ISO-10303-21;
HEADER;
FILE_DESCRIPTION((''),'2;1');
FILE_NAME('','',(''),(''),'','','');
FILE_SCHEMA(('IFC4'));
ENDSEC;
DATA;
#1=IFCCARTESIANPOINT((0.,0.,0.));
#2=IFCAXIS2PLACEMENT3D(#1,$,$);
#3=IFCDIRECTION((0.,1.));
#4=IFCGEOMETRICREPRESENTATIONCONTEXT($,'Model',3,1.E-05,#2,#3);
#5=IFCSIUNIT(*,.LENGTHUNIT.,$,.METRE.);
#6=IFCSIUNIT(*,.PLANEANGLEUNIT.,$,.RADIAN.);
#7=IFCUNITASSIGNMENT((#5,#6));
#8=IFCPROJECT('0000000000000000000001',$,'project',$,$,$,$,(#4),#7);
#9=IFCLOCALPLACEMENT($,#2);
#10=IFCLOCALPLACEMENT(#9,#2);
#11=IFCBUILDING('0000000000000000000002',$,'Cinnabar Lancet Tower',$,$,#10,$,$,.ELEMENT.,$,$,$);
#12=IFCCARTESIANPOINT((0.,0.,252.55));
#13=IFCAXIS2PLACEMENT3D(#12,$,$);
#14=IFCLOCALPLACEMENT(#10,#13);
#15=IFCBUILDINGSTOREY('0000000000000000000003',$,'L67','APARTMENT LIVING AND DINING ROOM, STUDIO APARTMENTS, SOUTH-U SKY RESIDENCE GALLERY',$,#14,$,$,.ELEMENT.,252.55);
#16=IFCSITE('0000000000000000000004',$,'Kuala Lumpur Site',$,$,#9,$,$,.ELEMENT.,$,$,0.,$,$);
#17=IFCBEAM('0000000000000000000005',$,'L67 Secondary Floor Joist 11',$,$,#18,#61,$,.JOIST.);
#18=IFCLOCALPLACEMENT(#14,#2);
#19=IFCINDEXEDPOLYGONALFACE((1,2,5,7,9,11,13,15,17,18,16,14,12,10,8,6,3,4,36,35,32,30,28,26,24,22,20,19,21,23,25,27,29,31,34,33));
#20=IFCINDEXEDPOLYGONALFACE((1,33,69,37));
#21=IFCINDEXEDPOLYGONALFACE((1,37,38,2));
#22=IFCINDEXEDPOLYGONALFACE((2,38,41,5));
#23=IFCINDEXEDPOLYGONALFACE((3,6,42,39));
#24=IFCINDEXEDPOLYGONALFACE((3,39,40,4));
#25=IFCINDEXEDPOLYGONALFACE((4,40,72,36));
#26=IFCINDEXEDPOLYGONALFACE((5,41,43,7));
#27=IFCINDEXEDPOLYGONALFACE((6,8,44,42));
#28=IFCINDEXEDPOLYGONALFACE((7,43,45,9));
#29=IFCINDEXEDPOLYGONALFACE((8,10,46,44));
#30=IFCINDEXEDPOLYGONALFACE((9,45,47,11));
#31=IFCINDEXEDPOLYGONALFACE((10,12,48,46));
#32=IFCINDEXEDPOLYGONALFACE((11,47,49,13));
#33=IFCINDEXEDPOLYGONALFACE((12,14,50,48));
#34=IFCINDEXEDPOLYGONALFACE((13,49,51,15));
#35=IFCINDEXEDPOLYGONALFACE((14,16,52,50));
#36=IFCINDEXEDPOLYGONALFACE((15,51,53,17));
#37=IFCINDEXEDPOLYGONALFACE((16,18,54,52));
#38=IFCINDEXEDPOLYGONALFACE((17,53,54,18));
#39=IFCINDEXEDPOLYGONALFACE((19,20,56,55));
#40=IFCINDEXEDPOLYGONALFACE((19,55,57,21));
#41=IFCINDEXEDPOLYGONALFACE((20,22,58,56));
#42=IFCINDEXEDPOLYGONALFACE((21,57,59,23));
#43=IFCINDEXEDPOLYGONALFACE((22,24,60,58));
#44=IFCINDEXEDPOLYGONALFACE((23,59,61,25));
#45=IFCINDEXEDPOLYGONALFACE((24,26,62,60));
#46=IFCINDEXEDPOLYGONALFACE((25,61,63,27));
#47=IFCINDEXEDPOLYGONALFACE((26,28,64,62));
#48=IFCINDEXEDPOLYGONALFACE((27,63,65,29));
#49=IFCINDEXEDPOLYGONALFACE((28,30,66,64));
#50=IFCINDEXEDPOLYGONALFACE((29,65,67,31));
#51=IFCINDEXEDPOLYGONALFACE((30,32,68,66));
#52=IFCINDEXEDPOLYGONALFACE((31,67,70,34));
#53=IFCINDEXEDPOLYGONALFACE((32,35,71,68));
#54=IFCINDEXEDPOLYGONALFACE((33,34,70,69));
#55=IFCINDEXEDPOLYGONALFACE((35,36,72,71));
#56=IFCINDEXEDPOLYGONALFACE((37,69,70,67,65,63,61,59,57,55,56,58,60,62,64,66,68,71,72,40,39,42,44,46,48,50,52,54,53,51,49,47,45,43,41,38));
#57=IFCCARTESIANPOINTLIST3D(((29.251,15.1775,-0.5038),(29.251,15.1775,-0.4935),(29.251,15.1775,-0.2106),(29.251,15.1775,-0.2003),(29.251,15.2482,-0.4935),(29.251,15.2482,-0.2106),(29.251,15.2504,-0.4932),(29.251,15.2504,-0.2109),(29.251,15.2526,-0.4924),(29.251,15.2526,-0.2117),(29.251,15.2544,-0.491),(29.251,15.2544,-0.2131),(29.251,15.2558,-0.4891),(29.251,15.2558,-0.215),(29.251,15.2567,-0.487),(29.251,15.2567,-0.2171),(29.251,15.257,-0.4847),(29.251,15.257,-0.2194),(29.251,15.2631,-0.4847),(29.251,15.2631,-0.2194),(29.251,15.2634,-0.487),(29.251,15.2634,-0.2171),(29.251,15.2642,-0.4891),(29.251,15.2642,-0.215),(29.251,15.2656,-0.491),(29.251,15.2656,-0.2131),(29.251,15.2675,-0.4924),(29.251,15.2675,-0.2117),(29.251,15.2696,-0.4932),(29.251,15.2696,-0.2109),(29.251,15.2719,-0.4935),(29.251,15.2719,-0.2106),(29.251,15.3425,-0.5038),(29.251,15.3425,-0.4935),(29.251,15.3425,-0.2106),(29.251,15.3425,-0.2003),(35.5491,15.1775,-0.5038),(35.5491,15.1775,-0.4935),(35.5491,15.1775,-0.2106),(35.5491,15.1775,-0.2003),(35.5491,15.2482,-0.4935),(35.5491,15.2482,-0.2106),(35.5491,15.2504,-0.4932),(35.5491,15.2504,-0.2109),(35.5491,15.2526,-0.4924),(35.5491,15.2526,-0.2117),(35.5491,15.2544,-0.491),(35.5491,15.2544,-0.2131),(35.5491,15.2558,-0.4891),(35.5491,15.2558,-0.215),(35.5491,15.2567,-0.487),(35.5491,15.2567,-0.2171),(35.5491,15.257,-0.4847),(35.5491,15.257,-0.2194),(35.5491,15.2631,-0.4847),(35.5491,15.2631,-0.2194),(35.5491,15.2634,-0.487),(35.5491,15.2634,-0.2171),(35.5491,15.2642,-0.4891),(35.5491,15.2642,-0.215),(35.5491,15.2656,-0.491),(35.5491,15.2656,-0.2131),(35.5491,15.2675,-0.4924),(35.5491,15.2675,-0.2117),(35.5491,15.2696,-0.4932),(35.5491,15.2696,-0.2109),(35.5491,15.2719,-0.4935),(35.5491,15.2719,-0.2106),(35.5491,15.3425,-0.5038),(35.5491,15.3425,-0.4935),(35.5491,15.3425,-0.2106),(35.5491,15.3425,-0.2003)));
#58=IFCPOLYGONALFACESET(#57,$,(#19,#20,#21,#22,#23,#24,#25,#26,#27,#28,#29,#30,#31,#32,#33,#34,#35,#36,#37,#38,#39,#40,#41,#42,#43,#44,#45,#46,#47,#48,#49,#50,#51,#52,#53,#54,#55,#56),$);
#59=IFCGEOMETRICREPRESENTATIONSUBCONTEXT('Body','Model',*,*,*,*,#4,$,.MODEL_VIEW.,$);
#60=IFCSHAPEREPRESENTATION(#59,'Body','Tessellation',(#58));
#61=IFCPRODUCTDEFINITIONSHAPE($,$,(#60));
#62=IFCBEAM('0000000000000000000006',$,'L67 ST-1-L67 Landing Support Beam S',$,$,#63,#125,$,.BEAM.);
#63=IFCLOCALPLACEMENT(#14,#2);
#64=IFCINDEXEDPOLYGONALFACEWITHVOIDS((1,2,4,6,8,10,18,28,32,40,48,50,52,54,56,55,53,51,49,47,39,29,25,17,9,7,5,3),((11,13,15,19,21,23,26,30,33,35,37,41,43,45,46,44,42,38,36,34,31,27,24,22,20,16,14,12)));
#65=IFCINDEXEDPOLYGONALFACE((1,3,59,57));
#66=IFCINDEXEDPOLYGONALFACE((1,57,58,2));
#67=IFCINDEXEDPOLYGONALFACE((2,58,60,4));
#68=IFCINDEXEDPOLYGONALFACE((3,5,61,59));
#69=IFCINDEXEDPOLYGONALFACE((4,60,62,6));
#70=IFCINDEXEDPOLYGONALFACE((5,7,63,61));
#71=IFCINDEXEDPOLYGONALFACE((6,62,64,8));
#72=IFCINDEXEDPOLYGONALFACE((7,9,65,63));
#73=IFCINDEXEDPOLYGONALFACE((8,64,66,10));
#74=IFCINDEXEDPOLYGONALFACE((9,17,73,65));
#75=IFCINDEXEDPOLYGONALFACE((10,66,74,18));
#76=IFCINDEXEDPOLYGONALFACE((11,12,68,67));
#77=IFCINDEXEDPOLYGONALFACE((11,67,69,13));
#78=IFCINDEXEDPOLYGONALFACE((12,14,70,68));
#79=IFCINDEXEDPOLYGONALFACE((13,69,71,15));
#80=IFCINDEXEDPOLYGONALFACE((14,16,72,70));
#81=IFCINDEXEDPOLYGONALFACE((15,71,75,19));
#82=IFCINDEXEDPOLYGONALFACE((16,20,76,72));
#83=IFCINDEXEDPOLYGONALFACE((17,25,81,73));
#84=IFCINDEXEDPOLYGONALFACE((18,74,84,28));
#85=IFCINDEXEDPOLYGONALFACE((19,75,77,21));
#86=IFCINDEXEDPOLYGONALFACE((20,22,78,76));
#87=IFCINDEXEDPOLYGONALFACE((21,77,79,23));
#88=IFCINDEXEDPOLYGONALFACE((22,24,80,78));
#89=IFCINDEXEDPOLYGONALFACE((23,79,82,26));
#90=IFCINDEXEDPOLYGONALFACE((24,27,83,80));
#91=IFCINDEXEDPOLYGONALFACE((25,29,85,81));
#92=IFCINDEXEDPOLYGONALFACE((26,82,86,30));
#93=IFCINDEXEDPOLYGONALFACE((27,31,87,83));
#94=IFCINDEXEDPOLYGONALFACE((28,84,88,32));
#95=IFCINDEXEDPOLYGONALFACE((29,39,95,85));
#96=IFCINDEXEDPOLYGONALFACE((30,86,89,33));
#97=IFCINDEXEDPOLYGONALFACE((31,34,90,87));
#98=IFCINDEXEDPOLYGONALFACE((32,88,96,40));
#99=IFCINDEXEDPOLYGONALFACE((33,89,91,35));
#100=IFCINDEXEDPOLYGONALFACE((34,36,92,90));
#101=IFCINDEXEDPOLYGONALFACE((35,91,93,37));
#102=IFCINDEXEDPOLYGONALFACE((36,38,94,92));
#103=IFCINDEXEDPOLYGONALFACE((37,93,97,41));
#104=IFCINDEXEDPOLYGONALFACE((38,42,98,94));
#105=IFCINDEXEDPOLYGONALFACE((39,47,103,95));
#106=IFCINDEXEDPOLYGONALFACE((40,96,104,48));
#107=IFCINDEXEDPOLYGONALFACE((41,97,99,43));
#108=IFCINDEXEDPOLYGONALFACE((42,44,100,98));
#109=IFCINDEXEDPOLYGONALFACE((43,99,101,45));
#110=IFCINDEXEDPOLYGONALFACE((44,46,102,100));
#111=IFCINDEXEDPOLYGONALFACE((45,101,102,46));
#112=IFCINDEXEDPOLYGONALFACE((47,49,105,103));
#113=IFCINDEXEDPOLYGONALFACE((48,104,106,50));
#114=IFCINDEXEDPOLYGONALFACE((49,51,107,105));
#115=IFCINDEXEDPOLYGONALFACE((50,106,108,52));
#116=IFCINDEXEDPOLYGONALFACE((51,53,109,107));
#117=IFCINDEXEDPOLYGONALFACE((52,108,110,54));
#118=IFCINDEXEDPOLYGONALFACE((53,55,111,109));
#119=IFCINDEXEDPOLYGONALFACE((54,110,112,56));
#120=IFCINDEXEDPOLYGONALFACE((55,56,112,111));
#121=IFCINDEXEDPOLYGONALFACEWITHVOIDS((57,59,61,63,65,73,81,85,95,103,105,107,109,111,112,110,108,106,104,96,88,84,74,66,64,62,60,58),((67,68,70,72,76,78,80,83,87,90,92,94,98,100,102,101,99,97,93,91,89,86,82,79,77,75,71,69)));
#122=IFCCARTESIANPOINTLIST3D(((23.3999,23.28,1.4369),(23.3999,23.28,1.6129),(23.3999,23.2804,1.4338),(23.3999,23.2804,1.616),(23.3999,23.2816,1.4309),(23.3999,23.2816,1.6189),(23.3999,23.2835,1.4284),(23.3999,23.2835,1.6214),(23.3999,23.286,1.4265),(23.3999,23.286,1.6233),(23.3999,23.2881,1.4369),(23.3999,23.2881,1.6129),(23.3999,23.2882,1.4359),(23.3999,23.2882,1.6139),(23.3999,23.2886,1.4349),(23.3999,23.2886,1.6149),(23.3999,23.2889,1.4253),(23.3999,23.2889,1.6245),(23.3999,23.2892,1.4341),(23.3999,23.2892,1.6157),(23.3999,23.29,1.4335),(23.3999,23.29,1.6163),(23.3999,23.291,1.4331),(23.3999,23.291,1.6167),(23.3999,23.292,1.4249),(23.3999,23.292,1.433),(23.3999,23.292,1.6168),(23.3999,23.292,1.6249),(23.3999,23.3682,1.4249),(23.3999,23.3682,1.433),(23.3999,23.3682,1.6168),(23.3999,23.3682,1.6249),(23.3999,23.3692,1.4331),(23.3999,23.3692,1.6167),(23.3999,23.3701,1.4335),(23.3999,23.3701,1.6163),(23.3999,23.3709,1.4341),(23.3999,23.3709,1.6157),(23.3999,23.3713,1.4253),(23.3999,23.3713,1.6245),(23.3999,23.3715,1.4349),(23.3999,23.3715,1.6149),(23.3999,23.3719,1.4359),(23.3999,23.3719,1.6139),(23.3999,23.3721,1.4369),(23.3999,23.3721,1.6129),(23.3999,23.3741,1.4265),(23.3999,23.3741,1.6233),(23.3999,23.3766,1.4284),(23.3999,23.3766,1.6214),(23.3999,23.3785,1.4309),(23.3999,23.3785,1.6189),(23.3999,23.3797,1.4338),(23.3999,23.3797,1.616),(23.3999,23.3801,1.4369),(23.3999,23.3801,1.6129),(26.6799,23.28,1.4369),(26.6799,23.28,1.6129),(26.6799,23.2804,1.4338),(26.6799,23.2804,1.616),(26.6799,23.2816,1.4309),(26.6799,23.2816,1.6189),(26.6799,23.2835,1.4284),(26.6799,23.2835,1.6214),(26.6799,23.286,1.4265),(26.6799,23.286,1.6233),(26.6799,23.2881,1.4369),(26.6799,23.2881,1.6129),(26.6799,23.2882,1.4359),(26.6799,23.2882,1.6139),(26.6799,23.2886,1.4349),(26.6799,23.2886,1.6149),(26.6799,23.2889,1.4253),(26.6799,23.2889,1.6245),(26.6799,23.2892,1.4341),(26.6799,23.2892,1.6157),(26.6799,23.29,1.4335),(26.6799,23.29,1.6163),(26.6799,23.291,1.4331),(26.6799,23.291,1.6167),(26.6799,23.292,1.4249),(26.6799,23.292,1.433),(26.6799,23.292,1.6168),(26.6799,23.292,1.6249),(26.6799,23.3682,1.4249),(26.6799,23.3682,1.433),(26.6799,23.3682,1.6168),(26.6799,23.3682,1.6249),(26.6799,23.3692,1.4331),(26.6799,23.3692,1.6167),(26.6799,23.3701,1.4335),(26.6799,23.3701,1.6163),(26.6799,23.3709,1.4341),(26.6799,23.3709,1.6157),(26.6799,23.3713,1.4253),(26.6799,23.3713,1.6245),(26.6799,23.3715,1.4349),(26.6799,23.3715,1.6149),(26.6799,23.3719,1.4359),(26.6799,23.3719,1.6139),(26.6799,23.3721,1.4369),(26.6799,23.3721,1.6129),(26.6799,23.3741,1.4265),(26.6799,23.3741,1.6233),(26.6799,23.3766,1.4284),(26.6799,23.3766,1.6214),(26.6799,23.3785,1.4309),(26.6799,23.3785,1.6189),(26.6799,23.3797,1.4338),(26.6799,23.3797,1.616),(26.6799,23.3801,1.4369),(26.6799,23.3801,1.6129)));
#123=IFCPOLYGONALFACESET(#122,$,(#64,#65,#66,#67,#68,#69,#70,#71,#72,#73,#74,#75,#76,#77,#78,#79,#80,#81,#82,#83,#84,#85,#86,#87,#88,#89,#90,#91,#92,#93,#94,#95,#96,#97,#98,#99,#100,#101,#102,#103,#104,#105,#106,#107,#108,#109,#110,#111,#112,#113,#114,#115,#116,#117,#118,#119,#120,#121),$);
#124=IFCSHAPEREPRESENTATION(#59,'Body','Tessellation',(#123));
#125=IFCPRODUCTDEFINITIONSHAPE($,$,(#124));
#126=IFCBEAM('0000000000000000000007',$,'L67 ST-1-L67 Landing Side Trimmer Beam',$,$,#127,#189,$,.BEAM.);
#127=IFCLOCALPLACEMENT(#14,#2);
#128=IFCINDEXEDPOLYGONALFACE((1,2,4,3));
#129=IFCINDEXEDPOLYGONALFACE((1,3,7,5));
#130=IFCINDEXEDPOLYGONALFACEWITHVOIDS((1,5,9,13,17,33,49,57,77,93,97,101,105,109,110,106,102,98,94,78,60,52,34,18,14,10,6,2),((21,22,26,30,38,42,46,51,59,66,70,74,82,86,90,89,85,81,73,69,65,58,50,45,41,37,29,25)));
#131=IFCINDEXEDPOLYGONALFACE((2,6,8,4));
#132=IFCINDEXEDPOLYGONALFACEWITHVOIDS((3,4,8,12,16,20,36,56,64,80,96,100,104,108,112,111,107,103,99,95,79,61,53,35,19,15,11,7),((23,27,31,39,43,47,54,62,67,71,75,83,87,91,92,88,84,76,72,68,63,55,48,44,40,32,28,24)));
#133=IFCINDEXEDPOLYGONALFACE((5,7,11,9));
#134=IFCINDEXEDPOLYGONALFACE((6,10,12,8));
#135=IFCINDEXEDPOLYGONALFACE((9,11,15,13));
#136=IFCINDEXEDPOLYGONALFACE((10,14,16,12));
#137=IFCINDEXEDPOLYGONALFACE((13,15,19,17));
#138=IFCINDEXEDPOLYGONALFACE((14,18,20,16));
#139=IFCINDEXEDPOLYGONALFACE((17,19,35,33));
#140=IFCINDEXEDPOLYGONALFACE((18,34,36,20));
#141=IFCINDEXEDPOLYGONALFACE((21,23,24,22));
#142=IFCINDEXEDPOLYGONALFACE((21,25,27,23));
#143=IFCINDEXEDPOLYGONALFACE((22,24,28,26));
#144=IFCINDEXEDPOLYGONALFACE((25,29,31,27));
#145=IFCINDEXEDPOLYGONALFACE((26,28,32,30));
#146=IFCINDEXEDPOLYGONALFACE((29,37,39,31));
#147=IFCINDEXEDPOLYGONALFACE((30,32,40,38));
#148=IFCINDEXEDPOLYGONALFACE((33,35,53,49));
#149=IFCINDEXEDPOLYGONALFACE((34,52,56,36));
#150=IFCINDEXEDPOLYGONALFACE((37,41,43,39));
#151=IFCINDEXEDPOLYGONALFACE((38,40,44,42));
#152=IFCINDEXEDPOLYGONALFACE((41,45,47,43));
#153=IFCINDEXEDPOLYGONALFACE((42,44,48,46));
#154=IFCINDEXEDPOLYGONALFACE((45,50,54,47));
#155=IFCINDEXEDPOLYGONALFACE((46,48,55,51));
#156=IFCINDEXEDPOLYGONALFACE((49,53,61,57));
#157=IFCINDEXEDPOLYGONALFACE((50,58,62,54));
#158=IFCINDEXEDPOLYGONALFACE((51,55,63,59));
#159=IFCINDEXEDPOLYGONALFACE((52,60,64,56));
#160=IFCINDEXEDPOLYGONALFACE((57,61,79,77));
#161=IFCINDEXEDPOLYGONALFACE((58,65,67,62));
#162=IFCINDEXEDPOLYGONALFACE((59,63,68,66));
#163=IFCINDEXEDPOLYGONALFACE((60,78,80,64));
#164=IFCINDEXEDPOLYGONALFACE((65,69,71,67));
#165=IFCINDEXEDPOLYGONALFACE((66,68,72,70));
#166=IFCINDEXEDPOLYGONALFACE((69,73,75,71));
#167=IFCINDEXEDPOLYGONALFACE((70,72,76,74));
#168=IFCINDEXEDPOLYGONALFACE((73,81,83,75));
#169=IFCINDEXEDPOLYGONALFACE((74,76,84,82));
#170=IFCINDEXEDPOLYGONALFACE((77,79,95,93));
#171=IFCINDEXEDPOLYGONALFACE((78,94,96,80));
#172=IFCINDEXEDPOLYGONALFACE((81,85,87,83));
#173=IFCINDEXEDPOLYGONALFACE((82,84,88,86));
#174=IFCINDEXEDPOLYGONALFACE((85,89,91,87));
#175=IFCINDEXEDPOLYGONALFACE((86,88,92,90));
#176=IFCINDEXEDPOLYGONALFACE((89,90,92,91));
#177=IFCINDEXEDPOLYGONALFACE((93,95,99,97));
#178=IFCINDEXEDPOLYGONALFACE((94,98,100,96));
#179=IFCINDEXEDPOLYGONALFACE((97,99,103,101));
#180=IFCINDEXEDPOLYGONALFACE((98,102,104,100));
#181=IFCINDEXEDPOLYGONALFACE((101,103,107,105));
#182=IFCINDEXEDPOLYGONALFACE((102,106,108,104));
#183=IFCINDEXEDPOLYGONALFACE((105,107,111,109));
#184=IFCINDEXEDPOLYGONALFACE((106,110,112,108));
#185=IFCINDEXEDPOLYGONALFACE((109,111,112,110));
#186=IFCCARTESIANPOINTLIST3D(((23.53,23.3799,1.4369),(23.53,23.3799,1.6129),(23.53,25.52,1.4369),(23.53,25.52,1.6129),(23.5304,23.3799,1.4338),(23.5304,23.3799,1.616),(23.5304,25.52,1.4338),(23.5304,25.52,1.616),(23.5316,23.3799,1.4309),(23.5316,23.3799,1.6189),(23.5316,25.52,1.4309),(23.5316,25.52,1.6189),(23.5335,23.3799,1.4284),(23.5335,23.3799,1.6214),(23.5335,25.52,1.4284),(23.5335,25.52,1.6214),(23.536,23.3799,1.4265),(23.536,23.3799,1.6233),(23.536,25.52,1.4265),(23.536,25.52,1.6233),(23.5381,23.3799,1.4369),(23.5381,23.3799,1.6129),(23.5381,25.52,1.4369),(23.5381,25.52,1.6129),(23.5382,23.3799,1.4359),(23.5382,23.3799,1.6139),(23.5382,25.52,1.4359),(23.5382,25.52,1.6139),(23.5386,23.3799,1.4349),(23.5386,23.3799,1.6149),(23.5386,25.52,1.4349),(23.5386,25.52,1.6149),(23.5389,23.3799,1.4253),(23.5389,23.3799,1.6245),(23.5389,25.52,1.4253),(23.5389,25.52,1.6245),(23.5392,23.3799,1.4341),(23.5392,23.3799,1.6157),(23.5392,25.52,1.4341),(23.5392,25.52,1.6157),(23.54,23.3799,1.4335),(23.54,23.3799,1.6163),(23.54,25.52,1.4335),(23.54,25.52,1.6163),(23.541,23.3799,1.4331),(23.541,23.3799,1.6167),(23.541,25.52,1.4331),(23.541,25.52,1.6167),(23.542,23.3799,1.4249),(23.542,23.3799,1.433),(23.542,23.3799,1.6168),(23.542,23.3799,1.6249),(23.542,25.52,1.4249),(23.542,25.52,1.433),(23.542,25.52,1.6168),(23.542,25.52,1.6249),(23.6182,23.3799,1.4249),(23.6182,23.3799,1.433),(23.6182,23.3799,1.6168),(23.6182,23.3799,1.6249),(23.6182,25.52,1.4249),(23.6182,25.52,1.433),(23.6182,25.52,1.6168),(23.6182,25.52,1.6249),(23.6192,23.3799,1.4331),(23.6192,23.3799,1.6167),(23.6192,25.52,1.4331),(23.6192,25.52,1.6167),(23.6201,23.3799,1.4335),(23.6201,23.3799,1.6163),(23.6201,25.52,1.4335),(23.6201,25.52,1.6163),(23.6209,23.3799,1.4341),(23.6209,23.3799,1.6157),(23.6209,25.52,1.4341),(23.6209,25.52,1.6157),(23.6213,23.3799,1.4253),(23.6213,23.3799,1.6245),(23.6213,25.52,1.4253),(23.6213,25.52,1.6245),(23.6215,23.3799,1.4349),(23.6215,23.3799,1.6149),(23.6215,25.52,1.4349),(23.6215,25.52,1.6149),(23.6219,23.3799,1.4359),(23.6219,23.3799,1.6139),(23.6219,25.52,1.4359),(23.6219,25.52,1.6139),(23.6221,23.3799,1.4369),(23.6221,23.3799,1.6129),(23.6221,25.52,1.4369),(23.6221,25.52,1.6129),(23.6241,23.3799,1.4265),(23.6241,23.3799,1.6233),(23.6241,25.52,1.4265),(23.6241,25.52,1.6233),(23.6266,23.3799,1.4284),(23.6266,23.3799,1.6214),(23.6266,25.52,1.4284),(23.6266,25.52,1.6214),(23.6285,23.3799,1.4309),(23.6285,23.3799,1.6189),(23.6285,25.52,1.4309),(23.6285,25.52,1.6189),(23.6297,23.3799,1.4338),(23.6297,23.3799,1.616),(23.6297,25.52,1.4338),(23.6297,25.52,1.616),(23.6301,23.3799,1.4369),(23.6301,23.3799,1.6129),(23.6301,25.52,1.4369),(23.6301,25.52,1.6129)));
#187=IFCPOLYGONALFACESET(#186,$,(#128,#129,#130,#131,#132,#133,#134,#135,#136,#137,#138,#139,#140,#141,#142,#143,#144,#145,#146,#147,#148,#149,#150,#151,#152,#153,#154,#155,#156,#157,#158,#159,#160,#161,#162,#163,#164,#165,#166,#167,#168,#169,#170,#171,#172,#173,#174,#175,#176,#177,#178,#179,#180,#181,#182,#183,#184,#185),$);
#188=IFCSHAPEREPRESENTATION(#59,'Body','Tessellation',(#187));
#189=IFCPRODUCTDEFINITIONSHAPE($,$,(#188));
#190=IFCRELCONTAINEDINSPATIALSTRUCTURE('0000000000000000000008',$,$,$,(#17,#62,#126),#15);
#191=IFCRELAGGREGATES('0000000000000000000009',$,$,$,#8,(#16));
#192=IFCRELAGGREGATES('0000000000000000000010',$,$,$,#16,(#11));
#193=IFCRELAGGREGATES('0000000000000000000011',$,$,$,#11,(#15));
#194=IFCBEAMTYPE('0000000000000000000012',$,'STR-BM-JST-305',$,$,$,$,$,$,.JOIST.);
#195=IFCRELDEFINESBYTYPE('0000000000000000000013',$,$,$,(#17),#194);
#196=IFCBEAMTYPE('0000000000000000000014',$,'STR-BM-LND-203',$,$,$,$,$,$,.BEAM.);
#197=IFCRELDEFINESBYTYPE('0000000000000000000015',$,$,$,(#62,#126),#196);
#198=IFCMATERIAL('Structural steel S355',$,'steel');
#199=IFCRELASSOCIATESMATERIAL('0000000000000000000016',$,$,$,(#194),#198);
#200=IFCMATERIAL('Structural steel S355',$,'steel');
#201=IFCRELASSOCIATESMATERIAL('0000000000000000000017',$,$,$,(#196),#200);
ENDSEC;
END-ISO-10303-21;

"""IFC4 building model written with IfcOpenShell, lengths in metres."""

from ifc_helpers import new_model, si_unit, direction, frame, origin, origin_2d, place, context, subcontext, project, spatial, hollow_rectangle, i_section, extrude, material, material_profile, profile_set, type_object, element, save


model = new_model("IFC4")

# Units and contexts
model_context = context("Model", 3, precision=1e-05, world=origin(), true_north=direction((0.0, 1.0)))
body_context = subcontext(model_context, "Body", "Model", "MODEL_VIEW")
ifc_project = project(units=[si_unit("LENGTHUNIT", "METRE"), si_unit("PLANEANGLEUNIT", "RADIAN")], contexts=[model_context])

# Site, building, storey
site_placement = place(None, origin())
site = spatial("IfcSite", under=ifc_project, at=site_placement, Name="Kuala Lumpur Site", CompositionType="ELEMENT", RefElevation=0.0)
building_placement = place(site_placement, origin())
building = spatial("IfcBuilding", under=site, at=building_placement, Name="Cinnabar Lancet Tower", CompositionType="ELEMENT")
storey_placement = place(building_placement, frame((0.0, 0.0, 252.55)))
storey = spatial("IfcBuildingStorey", under=building, at=storey_placement, Name="L67", Description="APARTMENT LIVING AND DINING ROOM, STUDIO APARTMENTS, SOUTH-U SKY RESIDENCE GALLERY", CompositionType="ELEMENT", Elevation=252.55)

# Beams
ifc_material_1 = material(Name="Structural steel S355", Category="steel")
ifc_material_profile_1 = material_profile(ifc_material_1, i_section(OverallWidth=0.165, OverallDepth=0.3035, WebThickness=0.0061, FlangeThickness=0.0103, FilletRadius=0.0088, at=origin_2d()), Name="UKB 305x165x40")
ifc_profile_set_1 = profile_set([ifc_material_profile_1], Name="Structural steel S355")
beam_type_1 = type_object("IfcBeamType", Name="STR-BM-JST-305", PredefinedType="JOIST", material=ifc_profile_set_1)
beam_1_placement = place(storey_placement, frame((29.251, 15.26, -0.3521), z_axis=(1.0, 0.0, 0.0), x_axis=(0.0, 1.0, 0.0)))
element("IfcBeam", 1, at=beam_1_placement, inside=storey, type_object=beam_type_1, Name="L67 Secondary Floor Joist 11", PredefinedType="JOIST", context=body_context, shape_type="SweptSolid", body=[
    extrude(i_section(OverallWidth=0.165, OverallDepth=0.3035, WebThickness=0.0061, FlangeThickness=0.0103, FilletRadius=0.0088, at=origin_2d()), origin(), (0.0, 0.0, 1.0), 6.2981),
])
ifc_material_2 = material(Name="Structural steel S355", Category="steel")
ifc_material_profile_2 = material_profile(ifc_material_2, hollow_rectangle(XDim=0.1001, YDim=0.2, WallThickness=0.0081, InnerFilletRadius=0.0039, OuterFilletRadius=0.012, at=origin_2d()), Name="RHS 200x100x8")
ifc_profile_set_2 = profile_set([ifc_material_profile_2], Name="Structural steel S355")
beam_type_2 = type_object("IfcBeamType", Name="STR-BM-LND-203", PredefinedType="BEAM", material=ifc_profile_set_2)
beam_2_placement = place(storey_placement, frame((23.3999, 23.3301, 1.5249), z_axis=(1.0, 0.0, 0.0), x_axis=(0.0, 1.0, 0.0)))
element("IfcBeam", 2, at=beam_2_placement, inside=storey, type_object=beam_type_2, Name="L67 ST-1-L67 Landing Support Beam S", PredefinedType="BEAM", context=body_context, shape_type="SweptSolid", body=[
    extrude(hollow_rectangle(XDim=0.1001, YDim=0.2, WallThickness=0.0081, InnerFilletRadius=0.0039, OuterFilletRadius=0.012, at=origin_2d()), origin(), (0.0, 0.0, 1.0), 3.28),
])
beam_3_placement = place(storey_placement, frame((23.5801, 23.3799, 1.5249), z_axis=(0.0, 1.0, 0.0), x_axis=(-1.0, 0.0, 0.0)))
element("IfcBeam", 3, at=beam_3_placement, inside=storey, type_object=beam_type_2, Name="L67 ST-1-L67 Landing Side Trimmer Beam", PredefinedType="BEAM", context=body_context, shape_type="SweptSolid", body=[
    extrude(hollow_rectangle(XDim=0.1001, YDim=0.2, WallThickness=0.0081, InnerFilletRadius=0.0039, OuterFilletRadius=0.012, at=origin_2d()), origin(), (0.0, 0.0, 1.0), 2.1401),
])

save(model, "model.ifc")
